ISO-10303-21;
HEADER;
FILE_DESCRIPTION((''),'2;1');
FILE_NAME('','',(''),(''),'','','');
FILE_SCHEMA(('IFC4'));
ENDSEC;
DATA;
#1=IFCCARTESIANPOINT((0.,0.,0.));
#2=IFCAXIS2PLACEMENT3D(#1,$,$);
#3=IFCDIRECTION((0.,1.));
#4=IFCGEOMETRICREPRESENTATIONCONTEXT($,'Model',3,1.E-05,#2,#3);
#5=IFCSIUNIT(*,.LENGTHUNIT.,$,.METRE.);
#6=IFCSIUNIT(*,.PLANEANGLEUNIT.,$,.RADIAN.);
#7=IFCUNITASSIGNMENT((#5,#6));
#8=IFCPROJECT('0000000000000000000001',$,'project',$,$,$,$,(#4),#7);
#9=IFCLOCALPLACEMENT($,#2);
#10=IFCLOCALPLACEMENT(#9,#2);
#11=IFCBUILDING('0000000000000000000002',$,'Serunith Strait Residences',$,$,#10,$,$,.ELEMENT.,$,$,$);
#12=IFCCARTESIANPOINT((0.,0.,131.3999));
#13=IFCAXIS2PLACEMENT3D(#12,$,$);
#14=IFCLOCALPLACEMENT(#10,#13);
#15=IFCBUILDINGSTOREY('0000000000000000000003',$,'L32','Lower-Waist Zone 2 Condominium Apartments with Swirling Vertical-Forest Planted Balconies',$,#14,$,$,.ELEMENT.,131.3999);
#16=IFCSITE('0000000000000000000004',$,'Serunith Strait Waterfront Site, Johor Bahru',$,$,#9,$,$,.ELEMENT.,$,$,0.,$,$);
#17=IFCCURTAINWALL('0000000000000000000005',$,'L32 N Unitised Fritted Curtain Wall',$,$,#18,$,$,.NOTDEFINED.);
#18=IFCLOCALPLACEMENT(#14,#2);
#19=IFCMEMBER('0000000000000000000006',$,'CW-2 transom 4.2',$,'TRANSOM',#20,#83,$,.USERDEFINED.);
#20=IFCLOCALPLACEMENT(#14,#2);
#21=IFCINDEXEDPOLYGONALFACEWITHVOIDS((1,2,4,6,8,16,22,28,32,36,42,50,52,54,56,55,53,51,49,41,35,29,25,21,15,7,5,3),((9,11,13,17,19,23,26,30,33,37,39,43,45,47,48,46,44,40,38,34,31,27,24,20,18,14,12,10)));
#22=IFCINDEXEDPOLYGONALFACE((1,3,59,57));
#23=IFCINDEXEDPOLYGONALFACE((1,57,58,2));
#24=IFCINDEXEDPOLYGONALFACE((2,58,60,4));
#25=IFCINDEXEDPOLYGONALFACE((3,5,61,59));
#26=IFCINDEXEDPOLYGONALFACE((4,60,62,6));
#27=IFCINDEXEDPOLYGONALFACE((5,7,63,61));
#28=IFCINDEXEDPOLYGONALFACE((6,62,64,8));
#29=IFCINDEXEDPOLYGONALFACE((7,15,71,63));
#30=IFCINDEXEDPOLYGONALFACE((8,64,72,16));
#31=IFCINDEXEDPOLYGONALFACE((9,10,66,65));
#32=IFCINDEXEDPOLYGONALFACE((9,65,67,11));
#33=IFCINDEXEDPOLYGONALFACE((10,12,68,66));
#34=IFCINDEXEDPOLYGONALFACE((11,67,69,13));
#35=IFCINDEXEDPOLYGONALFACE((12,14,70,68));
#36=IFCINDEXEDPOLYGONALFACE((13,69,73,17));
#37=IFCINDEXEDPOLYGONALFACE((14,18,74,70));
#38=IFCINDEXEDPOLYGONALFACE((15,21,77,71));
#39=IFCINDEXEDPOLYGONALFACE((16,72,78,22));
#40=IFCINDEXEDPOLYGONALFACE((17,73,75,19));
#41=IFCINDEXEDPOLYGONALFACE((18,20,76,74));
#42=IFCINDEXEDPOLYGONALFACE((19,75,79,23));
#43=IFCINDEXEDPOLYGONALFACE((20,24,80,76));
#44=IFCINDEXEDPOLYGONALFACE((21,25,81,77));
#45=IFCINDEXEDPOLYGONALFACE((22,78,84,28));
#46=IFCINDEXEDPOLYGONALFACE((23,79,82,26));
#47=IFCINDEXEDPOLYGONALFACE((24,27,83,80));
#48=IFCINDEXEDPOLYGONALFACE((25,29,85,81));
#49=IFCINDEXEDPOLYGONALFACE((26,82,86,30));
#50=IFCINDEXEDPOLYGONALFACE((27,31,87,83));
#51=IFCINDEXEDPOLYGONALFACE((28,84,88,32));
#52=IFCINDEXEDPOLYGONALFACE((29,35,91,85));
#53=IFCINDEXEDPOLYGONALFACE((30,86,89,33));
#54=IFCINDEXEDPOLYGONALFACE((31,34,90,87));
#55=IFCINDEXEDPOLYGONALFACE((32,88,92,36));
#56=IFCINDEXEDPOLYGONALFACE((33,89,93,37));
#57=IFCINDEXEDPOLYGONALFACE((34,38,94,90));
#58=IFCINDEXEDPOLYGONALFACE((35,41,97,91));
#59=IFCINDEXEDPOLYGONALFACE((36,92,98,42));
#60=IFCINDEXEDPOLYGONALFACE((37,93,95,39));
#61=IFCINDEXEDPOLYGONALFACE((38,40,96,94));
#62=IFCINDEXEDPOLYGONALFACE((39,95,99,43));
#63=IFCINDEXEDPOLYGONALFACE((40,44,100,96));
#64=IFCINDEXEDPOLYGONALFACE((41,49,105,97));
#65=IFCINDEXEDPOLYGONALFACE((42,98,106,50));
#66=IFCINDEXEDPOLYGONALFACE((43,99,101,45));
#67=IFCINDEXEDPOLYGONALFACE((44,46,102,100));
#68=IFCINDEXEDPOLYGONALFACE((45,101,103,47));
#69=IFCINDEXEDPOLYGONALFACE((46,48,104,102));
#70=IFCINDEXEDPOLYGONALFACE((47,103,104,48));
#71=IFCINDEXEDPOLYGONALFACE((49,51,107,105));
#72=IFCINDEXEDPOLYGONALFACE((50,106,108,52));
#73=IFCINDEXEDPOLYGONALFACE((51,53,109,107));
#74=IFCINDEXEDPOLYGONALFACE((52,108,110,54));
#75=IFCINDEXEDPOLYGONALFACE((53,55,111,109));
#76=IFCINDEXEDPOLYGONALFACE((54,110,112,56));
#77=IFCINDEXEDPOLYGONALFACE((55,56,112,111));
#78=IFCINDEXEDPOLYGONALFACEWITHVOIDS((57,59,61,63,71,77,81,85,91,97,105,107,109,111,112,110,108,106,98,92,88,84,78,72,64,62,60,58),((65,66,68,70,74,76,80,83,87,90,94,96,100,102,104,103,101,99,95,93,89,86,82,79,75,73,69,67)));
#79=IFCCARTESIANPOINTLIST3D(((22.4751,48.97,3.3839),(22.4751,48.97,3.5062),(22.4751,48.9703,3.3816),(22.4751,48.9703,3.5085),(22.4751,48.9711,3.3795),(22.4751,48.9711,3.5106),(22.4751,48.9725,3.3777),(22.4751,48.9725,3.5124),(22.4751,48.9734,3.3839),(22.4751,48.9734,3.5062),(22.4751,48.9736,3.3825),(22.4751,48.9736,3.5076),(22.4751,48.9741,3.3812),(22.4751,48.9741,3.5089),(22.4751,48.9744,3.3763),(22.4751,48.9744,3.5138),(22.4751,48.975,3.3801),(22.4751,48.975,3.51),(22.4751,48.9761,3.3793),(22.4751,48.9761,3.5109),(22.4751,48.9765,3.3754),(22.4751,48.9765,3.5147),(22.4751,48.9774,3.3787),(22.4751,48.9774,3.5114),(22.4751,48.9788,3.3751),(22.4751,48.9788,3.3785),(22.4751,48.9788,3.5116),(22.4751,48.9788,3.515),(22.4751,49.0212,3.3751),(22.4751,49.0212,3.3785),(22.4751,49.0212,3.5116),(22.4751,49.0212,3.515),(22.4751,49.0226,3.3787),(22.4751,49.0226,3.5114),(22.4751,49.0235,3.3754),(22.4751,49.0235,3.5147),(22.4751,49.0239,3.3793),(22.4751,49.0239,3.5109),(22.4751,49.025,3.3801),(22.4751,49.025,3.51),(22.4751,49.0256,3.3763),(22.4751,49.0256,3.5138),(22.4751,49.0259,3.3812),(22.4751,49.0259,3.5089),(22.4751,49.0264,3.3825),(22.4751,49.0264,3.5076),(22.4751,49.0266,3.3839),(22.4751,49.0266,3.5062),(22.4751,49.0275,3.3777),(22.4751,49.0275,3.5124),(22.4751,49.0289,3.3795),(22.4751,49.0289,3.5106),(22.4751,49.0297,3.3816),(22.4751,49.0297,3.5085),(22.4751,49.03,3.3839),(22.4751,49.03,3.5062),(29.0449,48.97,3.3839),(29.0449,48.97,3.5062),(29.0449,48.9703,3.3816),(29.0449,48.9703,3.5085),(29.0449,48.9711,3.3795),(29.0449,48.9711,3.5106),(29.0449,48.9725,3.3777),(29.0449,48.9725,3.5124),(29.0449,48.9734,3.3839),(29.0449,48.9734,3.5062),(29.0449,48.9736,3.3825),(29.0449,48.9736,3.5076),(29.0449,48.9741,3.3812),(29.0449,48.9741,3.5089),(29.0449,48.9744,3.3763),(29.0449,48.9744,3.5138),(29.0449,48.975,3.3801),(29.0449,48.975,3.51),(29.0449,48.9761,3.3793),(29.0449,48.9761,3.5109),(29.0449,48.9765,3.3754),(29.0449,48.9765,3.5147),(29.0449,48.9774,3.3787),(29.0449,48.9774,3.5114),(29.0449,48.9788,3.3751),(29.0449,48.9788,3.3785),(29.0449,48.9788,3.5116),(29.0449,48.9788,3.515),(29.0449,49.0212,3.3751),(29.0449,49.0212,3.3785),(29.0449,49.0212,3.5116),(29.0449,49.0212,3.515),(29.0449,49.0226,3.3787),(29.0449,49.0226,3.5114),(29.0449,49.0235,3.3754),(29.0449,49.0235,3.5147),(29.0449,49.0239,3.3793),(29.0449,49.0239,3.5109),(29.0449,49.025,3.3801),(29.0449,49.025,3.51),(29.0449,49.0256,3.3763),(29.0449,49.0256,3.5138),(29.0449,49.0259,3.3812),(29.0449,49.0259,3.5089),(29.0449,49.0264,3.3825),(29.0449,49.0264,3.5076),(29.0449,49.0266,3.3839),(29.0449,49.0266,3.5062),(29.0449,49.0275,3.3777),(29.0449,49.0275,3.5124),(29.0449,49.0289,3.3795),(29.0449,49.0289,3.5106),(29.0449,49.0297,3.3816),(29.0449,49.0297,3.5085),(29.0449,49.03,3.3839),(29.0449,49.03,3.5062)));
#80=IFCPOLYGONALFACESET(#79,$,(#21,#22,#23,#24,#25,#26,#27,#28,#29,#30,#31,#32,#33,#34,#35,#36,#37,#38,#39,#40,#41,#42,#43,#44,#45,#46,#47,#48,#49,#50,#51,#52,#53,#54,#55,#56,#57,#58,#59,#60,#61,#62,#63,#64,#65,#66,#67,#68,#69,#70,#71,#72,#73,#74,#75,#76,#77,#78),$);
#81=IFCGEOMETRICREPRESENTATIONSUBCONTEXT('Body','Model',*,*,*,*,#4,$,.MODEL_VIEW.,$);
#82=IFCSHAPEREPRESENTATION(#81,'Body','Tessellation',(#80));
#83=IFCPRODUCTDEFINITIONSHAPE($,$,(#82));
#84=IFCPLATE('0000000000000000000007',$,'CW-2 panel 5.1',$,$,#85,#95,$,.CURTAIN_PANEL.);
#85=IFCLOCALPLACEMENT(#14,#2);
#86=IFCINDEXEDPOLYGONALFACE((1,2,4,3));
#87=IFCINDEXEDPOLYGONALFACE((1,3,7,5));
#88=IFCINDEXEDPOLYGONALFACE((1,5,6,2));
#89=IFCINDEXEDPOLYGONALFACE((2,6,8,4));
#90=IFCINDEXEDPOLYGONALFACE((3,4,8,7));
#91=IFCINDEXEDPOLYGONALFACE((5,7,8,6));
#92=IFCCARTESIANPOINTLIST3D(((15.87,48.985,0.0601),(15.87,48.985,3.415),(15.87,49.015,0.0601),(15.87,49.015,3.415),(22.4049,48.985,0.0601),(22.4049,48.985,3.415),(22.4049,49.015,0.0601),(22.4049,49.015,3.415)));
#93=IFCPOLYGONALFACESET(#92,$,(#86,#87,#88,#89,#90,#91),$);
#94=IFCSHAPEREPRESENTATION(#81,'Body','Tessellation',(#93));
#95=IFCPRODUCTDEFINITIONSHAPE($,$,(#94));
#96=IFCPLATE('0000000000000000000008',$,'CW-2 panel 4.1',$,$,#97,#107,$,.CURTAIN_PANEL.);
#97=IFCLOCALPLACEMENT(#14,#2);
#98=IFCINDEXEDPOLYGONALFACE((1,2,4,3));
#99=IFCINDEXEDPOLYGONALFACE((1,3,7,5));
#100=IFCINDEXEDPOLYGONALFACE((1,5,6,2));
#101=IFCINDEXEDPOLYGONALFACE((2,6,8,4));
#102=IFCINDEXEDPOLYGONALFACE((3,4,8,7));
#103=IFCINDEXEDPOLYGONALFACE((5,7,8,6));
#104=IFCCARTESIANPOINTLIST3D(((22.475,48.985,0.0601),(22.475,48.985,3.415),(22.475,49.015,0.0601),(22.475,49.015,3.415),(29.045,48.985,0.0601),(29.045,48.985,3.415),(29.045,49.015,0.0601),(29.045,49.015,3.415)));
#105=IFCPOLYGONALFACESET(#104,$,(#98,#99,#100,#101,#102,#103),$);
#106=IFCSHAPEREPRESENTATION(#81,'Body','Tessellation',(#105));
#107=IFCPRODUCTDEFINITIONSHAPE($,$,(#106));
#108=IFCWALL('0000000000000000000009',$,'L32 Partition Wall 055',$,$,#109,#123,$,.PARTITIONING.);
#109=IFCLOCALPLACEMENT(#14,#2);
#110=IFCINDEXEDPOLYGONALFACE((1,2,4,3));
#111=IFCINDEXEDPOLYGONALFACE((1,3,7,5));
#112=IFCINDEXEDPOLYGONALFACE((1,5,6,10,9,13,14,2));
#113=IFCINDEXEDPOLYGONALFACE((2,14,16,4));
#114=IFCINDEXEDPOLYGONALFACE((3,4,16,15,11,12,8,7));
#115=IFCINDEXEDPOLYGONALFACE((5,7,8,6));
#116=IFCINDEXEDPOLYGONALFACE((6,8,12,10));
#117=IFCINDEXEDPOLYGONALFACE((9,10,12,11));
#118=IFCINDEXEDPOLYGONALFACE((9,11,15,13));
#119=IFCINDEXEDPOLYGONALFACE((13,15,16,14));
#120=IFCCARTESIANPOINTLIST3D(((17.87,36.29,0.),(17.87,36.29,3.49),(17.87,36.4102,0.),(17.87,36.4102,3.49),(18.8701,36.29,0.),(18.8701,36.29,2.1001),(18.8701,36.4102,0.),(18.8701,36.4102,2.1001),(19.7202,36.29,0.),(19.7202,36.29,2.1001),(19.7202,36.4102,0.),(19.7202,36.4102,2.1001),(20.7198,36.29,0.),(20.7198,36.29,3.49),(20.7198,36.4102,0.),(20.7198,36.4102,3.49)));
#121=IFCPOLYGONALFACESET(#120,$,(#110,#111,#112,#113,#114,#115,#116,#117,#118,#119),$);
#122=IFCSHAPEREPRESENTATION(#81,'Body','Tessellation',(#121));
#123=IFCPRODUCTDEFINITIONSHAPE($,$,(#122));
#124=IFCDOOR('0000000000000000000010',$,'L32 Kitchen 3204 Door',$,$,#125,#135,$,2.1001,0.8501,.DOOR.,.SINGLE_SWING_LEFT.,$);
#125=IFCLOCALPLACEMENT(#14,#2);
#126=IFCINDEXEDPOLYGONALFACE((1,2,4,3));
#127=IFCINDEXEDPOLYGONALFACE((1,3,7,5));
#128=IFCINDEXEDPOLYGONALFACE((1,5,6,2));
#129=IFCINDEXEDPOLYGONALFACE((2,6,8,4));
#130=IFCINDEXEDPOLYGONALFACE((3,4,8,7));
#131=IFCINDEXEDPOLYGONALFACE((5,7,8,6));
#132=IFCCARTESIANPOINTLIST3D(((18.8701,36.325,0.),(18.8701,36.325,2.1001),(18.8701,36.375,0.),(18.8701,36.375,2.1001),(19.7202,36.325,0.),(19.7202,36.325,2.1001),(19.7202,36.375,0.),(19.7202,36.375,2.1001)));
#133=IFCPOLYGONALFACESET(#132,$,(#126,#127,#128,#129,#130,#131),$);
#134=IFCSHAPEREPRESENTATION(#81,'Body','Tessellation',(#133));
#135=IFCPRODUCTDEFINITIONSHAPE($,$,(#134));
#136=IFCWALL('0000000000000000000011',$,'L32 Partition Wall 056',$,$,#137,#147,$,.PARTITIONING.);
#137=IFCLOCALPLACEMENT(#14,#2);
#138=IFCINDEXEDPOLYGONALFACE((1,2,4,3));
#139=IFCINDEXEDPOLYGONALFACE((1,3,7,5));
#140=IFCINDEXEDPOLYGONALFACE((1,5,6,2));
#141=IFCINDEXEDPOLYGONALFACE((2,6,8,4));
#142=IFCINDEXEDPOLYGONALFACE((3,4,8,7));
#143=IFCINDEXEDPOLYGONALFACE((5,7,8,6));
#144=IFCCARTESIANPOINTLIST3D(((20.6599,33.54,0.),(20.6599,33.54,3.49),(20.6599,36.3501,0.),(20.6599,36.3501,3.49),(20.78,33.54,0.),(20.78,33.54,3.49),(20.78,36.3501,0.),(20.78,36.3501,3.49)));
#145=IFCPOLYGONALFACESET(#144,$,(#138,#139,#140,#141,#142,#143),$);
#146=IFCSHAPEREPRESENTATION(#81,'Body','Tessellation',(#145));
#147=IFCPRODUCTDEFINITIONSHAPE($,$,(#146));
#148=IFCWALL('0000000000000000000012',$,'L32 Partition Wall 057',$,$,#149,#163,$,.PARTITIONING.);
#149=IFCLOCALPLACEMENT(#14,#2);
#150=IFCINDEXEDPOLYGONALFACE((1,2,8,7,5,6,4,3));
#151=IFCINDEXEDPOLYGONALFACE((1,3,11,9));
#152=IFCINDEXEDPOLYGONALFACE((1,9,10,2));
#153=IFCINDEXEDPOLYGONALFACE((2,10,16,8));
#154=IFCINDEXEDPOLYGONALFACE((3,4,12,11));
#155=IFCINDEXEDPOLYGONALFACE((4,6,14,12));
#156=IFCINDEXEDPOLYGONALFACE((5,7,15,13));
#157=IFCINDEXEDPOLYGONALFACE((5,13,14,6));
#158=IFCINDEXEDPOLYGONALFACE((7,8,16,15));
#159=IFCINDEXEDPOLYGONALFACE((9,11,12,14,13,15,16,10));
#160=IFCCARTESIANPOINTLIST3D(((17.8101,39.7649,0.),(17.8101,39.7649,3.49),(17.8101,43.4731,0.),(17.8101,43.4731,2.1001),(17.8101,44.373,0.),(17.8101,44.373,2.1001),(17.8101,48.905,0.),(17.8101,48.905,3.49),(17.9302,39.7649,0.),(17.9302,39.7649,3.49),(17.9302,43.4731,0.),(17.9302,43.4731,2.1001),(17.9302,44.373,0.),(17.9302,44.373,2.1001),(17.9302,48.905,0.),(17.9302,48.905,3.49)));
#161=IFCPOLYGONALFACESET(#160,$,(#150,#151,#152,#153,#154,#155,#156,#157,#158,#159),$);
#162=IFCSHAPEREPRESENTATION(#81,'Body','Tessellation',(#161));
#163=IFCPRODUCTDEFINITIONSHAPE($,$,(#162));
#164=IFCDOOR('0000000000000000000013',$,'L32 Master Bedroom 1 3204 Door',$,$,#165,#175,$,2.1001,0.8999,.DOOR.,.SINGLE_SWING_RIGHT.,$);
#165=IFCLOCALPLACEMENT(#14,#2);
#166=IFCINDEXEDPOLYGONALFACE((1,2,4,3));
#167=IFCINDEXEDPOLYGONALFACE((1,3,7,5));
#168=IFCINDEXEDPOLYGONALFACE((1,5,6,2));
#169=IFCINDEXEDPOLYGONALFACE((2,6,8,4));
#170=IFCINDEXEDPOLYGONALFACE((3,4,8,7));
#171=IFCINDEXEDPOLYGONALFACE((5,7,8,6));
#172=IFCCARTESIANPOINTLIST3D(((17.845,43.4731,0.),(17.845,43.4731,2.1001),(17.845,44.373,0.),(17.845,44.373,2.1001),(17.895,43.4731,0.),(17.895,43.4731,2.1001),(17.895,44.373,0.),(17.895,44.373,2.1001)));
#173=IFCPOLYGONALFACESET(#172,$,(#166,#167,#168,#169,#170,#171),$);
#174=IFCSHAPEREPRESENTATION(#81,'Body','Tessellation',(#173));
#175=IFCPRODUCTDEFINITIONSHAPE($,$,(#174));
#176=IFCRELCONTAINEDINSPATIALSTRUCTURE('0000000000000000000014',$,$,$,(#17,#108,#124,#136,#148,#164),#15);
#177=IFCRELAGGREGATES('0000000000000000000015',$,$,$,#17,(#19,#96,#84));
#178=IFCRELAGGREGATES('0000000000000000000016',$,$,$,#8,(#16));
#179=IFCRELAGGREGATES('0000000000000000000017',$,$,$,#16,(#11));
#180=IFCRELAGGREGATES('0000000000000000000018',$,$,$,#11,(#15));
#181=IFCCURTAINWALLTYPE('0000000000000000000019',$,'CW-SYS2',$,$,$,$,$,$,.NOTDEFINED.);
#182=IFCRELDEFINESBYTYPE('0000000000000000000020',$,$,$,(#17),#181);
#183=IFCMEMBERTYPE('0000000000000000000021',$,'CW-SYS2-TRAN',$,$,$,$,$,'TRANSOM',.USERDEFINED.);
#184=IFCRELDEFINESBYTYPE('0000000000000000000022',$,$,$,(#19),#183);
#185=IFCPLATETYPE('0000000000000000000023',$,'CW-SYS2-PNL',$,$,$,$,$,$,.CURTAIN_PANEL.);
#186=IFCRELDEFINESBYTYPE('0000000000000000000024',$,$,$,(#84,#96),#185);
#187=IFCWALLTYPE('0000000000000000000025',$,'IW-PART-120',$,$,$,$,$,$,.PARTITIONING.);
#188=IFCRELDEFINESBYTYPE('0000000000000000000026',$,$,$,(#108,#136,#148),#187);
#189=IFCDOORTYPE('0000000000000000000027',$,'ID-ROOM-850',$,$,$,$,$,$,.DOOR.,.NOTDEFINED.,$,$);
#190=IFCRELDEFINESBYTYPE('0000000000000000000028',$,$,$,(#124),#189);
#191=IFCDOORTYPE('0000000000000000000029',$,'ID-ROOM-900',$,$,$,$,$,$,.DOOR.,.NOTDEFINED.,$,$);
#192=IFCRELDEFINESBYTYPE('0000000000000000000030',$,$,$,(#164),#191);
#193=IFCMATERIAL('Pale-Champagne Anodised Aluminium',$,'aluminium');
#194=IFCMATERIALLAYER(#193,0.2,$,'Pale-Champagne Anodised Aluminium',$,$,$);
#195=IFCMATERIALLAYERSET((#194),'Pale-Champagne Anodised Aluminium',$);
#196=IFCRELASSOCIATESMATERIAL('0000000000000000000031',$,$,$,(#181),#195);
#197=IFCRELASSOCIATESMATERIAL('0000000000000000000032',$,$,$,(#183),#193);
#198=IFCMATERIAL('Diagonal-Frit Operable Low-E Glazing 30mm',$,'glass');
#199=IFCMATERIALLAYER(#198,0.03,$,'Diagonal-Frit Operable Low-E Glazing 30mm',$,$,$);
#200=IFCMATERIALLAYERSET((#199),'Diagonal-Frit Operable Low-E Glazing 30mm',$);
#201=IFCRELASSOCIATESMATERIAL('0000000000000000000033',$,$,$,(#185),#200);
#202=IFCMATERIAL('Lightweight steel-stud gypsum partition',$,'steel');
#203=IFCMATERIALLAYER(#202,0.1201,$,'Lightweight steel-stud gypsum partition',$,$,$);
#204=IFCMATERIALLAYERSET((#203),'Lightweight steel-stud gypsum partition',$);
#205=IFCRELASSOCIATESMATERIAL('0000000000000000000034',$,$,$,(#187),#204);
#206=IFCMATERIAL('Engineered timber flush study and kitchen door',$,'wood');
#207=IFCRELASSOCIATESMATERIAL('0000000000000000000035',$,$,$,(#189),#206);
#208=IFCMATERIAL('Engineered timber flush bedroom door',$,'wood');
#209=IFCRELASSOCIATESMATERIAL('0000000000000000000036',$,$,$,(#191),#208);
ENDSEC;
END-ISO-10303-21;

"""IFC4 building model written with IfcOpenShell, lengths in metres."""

from ifc_helpers import new_model, si_unit, direction, frame, frame_2d, origin, origin_2d, place, context, subcontext, project, spatial, rectangle, hollow_rectangle, extrude, source, transform, mapped, material, layer, layer_set, material_profile, profile_set, type_object, element, fill, aggregate, save


model = new_model("IFC4")

# Units and contexts
model_context = context("Model", 3, precision=1e-05, world=origin(), true_north=direction((0.0, 1.0)))
body_context = subcontext(model_context, "Body", "Model", "MODEL_VIEW")
ifc_project = project(units=[si_unit("LENGTHUNIT", "METRE"), si_unit("PLANEANGLEUNIT", "RADIAN")], contexts=[model_context])

# Site, building, storey
site_placement = place(None, origin())
site = spatial("IfcSite", under=ifc_project, at=site_placement, Name="Serunith Strait Waterfront Site, Johor Bahru", CompositionType="ELEMENT", RefElevation=0.0)
building_placement = place(site_placement, origin())
building = spatial("IfcBuilding", under=site, at=building_placement, Name="Serunith Strait Residences", CompositionType="ELEMENT")
storey_placement = place(building_placement, frame((0.0, 0.0, 131.3999)))
storey = spatial("IfcBuildingStorey", under=building, at=storey_placement, Name="L32", Description="Lower-Waist Zone 2 Condominium Apartments with Swirling Vertical-Forest Planted Balconies", CompositionType="ELEMENT", Elevation=131.3999)

# Curtain wall, member, plates
ifc_material_1 = material(Name="Pale-Champagne Anodised Aluminium", Category="aluminium")
ifc_layer_1 = layer(ifc_material_1, 0.2, Name="Pale-Champagne Anodised Aluminium")
ifc_layer_set_1 = layer_set([ifc_layer_1], Name="Pale-Champagne Anodised Aluminium")
curtain_wall_type = type_object("IfcCurtainWallType", Name="CW-SYS2", PredefinedType="NOTDEFINED", material=ifc_layer_set_1)
curtain_wall_placement = place(storey_placement, origin())
curtain_wall = element("IfcCurtainWall", 1, at=curtain_wall_placement, inside=storey, type_object=curtain_wall_type, Name="L32 N Unitised Fritted Curtain Wall", PredefinedType="NOTDEFINED")
ifc_material_profile_1 = material_profile(ifc_material_1, hollow_rectangle(XDim=0.0601, YDim=0.1399, WallThickness=0.0034, InnerFilletRadius=0.0054, OuterFilletRadius=0.0088, at=origin_2d()), Name="ALU 140x60x3.5")
ifc_profile_set_1 = profile_set([ifc_material_profile_1], Name="Pale-Champagne Anodised Aluminium")
member_type_1 = type_object("IfcMemberType", Name="CW-SYS2-TRAN", ElementType="TRANSOM", PredefinedType="USERDEFINED", material=ifc_profile_set_1)
shared_shape_1 = source(origin(), body_context, "Body", "SweptSolid", [
    extrude(hollow_rectangle(XDim=0.0601, YDim=0.1399, WallThickness=0.0034, InnerFilletRadius=0.0054, OuterFilletRadius=0.0088, at=origin_2d()), origin(), (0.0, 0.0, 1.0), 6.5698),
])
member_1_placement = place(storey_placement, frame((29.0449, 49.0, 3.4451), z_axis=(-1.0, 0.0, 0.0), x_axis=(0.0, -1.0, 0.0)))
member_1 = element("IfcMember", 2, at=member_1_placement, type_object=member_type_1, Name="CW-2 transom 4.2", ObjectType="TRANSOM", PredefinedType="USERDEFINED", context=body_context, shape_type="MappedRepresentation", body=[
    mapped(shared_shape_1, transform((0.0, 0.0, 0.0), scale=1.0)),
])
ifc_material_2 = material(Name="Diagonal-Frit Operable Low-E Glazing 30mm", Category="glass")
ifc_layer_2 = layer(ifc_material_2, 0.03, Name="Diagonal-Frit Operable Low-E Glazing 30mm")
ifc_layer_set_2 = layer_set([ifc_layer_2], Name="Diagonal-Frit Operable Low-E Glazing 30mm")
plate_type = type_object("IfcPlateType", Name="CW-SYS2-PNL", PredefinedType="CURTAIN_PANEL", material=ifc_layer_set_2)
shared_shape_2 = source(origin(), body_context, "Body", "SweptSolid", [
    extrude(rectangle(XDim=6.5349, YDim=0.03, at=origin_2d()), origin(), (0.0, 0.0, 1.0), 3.355),
])
plate_1_placement = place(storey_placement, frame((19.1375, 49.0, 0.0601), z_axis=(0.0, 0.0, 1.0), x_axis=(-1.0, 0.0, 0.0)))
plate_1 = element("IfcPlate", 3, at=plate_1_placement, type_object=plate_type, Name="CW-2 panel 5.1", PredefinedType="CURTAIN_PANEL", context=body_context, shape_type="MappedRepresentation", body=[
    mapped(shared_shape_2, transform((0.0, 0.0, 0.0), scale=1.0)),
])
shared_shape_3 = source(origin(), body_context, "Body", "SweptSolid", [
    extrude(rectangle(XDim=6.5701, YDim=0.03, at=origin_2d()), origin(), (0.0, 0.0, 1.0), 3.355),
])
plate_2_placement = place(storey_placement, frame((25.76, 49.0, 0.0601), z_axis=(0.0, 0.0, 1.0), x_axis=(-1.0, 0.0, 0.0)))
plate_2 = element("IfcPlate", 4, at=plate_2_placement, type_object=plate_type, Name="CW-2 panel 4.1", PredefinedType="CURTAIN_PANEL", context=body_context, shape_type="MappedRepresentation", body=[
    mapped(shared_shape_3, transform((0.0, 0.0, 0.0), scale=1.0)),
])
aggregate(curtain_wall, [member_1, plate_2, plate_1])

# Wall, opening, door
ifc_material_3 = material(Name="Lightweight steel-stud gypsum partition", Category="steel")
ifc_layer_3 = layer(ifc_material_3, 0.1201, Name="Lightweight steel-stud gypsum partition")
ifc_layer_set_3 = layer_set([ifc_layer_3], Name="Lightweight steel-stud gypsum partition")
wall_type = type_object("IfcWallType", Name="IW-PART-120", PredefinedType="PARTITIONING", material=ifc_layer_set_3)
wall_1_placement = place(storey_placement, frame((17.8701, 36.3501, 0.0), z_axis=(0.0, 0.0, 1.0), x_axis=(1.0, 0.0, 0.0)))
wall_1 = element("IfcWall", 5, at=wall_1_placement, inside=storey, type_object=wall_type, Name="L32 Partition Wall 055", PredefinedType="PARTITIONING", context=body_context, shape_type="SweptSolid", body=[
    extrude(rectangle(XDim=2.8499, YDim=0.1201, at=frame_2d((1.4248, 0.0))), origin(), (0.0, 0.0, 1.0), 3.49),
])
opening_1_placement = place(wall_1_placement, frame((1.0, 0.0, 0.0)))
opening_1 = element("IfcOpeningElement", 6, at=opening_1_placement, cuts=wall_1, PredefinedType="OPENING", context=body_context, shape_type="SweptSolid", body=[
    extrude(rectangle(XDim=0.8501, YDim=2.1001, at=frame_2d((0.425, 1.05))), frame((0.0, 0.0701, 0.0), z_axis=(0.0, -1.0, 0.0), x_axis=(1.0, 0.0, 0.0)), (0.0, 0.0, 1.0), 0.1401),
])
ifc_material_4 = material(Name="Engineered timber flush study and kitchen door", Category="wood")
door_type_1 = type_object("IfcDoorType", Name="ID-ROOM-850", OperationType="NOTDEFINED", PredefinedType="DOOR", material=ifc_material_4)
shared_shape_4 = source(origin(), body_context, "Body", "SweptSolid", [
    extrude(rectangle(XDim=0.8501, YDim=2.1001, at=frame_2d((0.425, 1.05))), frame((0.0, 0.0249, 0.0), z_axis=(0.0, -1.0, 0.0), x_axis=(1.0, 0.0, 0.0)), (0.0, 0.0, 1.0), 0.05),
])
door_1_placement = place(opening_1_placement, origin())
door_1 = element("IfcDoor", 7, at=door_1_placement, inside=storey, type_object=door_type_1, Name="L32 Kitchen 3204 Door", OperationType="SINGLE_SWING_LEFT", OverallHeight=2.1001, OverallWidth=0.8501, PredefinedType="DOOR", context=body_context, shape_type="MappedRepresentation", body=[
    mapped(shared_shape_4, transform((0.0, 0.0, 0.0), scale=1.0)),
])
fill(opening_1, door_1)

# Wall
wall_2_placement = place(storey_placement, frame((20.72, 36.3501, 0.0), z_axis=(0.0, 0.0, 1.0), x_axis=(0.0, -1.0, 0.0)))
element("IfcWall", 8, at=wall_2_placement, inside=storey, type_object=wall_type, Name="L32 Partition Wall 056", PredefinedType="PARTITIONING", context=body_context, shape_type="SweptSolid", body=[
    extrude(rectangle(XDim=2.8101, YDim=0.1201, at=frame_2d((1.405, 0.0))), origin(), (0.0, 0.0, 1.0), 3.49),
])

# Wall, opening, door
wall_3_placement = place(storey_placement, frame((17.8701, 48.905, 0.0), z_axis=(0.0, 0.0, 1.0), x_axis=(0.0, -1.0, 0.0)))
wall_3 = element("IfcWall", 9, at=wall_3_placement, inside=storey, type_object=wall_type, Name="L32 Partition Wall 057", PredefinedType="PARTITIONING", context=body_context, shape_type="SweptSolid", body=[
    extrude(rectangle(XDim=9.1401, YDim=0.1201, at=frame_2d((4.5701, 0.0))), origin(), (0.0, 0.0, 1.0), 3.49),
])
opening_2_placement = place(wall_3_placement, frame((4.532, 0.0, 0.0)))
opening_2 = element("IfcOpeningElement", 10, at=opening_2_placement, cuts=wall_3, PredefinedType="OPENING", context=body_context, shape_type="SweptSolid", body=[
    extrude(rectangle(XDim=0.8999, YDim=2.1001, at=frame_2d((0.45, 1.05))), frame((0.0, 0.0701, 0.0), z_axis=(0.0, -1.0, 0.0), x_axis=(1.0, 0.0, 0.0)), (0.0, 0.0, 1.0), 0.1401),
])
ifc_material_5 = material(Name="Engineered timber flush bedroom door", Category="wood")
door_type_2 = type_object("IfcDoorType", Name="ID-ROOM-900", OperationType="NOTDEFINED", PredefinedType="DOOR", material=ifc_material_5)
shared_shape_5 = source(origin(), body_context, "Body", "SweptSolid", [
    extrude(rectangle(XDim=0.8999, YDim=2.1001, at=frame_2d((0.45, 1.05))), frame((0.0, 0.0249, 0.0), z_axis=(0.0, -1.0, 0.0), x_axis=(1.0, 0.0, 0.0)), (0.0, 0.0, 1.0), 0.05),
])
door_2_placement = place(opening_2_placement, origin())
door_2 = element("IfcDoor", 11, at=door_2_placement, inside=storey, type_object=door_type_2, Name="L32 Master Bedroom 1 3204 Door", OperationType="SINGLE_SWING_RIGHT", OverallHeight=2.1001, OverallWidth=0.8999, PredefinedType="DOOR", context=body_context, shape_type="MappedRepresentation", body=[
    mapped(shared_shape_5, transform((0.0, 0.0, 0.0), scale=1.0)),
])
fill(opening_2, door_2)

save(model, "model.ifc")
